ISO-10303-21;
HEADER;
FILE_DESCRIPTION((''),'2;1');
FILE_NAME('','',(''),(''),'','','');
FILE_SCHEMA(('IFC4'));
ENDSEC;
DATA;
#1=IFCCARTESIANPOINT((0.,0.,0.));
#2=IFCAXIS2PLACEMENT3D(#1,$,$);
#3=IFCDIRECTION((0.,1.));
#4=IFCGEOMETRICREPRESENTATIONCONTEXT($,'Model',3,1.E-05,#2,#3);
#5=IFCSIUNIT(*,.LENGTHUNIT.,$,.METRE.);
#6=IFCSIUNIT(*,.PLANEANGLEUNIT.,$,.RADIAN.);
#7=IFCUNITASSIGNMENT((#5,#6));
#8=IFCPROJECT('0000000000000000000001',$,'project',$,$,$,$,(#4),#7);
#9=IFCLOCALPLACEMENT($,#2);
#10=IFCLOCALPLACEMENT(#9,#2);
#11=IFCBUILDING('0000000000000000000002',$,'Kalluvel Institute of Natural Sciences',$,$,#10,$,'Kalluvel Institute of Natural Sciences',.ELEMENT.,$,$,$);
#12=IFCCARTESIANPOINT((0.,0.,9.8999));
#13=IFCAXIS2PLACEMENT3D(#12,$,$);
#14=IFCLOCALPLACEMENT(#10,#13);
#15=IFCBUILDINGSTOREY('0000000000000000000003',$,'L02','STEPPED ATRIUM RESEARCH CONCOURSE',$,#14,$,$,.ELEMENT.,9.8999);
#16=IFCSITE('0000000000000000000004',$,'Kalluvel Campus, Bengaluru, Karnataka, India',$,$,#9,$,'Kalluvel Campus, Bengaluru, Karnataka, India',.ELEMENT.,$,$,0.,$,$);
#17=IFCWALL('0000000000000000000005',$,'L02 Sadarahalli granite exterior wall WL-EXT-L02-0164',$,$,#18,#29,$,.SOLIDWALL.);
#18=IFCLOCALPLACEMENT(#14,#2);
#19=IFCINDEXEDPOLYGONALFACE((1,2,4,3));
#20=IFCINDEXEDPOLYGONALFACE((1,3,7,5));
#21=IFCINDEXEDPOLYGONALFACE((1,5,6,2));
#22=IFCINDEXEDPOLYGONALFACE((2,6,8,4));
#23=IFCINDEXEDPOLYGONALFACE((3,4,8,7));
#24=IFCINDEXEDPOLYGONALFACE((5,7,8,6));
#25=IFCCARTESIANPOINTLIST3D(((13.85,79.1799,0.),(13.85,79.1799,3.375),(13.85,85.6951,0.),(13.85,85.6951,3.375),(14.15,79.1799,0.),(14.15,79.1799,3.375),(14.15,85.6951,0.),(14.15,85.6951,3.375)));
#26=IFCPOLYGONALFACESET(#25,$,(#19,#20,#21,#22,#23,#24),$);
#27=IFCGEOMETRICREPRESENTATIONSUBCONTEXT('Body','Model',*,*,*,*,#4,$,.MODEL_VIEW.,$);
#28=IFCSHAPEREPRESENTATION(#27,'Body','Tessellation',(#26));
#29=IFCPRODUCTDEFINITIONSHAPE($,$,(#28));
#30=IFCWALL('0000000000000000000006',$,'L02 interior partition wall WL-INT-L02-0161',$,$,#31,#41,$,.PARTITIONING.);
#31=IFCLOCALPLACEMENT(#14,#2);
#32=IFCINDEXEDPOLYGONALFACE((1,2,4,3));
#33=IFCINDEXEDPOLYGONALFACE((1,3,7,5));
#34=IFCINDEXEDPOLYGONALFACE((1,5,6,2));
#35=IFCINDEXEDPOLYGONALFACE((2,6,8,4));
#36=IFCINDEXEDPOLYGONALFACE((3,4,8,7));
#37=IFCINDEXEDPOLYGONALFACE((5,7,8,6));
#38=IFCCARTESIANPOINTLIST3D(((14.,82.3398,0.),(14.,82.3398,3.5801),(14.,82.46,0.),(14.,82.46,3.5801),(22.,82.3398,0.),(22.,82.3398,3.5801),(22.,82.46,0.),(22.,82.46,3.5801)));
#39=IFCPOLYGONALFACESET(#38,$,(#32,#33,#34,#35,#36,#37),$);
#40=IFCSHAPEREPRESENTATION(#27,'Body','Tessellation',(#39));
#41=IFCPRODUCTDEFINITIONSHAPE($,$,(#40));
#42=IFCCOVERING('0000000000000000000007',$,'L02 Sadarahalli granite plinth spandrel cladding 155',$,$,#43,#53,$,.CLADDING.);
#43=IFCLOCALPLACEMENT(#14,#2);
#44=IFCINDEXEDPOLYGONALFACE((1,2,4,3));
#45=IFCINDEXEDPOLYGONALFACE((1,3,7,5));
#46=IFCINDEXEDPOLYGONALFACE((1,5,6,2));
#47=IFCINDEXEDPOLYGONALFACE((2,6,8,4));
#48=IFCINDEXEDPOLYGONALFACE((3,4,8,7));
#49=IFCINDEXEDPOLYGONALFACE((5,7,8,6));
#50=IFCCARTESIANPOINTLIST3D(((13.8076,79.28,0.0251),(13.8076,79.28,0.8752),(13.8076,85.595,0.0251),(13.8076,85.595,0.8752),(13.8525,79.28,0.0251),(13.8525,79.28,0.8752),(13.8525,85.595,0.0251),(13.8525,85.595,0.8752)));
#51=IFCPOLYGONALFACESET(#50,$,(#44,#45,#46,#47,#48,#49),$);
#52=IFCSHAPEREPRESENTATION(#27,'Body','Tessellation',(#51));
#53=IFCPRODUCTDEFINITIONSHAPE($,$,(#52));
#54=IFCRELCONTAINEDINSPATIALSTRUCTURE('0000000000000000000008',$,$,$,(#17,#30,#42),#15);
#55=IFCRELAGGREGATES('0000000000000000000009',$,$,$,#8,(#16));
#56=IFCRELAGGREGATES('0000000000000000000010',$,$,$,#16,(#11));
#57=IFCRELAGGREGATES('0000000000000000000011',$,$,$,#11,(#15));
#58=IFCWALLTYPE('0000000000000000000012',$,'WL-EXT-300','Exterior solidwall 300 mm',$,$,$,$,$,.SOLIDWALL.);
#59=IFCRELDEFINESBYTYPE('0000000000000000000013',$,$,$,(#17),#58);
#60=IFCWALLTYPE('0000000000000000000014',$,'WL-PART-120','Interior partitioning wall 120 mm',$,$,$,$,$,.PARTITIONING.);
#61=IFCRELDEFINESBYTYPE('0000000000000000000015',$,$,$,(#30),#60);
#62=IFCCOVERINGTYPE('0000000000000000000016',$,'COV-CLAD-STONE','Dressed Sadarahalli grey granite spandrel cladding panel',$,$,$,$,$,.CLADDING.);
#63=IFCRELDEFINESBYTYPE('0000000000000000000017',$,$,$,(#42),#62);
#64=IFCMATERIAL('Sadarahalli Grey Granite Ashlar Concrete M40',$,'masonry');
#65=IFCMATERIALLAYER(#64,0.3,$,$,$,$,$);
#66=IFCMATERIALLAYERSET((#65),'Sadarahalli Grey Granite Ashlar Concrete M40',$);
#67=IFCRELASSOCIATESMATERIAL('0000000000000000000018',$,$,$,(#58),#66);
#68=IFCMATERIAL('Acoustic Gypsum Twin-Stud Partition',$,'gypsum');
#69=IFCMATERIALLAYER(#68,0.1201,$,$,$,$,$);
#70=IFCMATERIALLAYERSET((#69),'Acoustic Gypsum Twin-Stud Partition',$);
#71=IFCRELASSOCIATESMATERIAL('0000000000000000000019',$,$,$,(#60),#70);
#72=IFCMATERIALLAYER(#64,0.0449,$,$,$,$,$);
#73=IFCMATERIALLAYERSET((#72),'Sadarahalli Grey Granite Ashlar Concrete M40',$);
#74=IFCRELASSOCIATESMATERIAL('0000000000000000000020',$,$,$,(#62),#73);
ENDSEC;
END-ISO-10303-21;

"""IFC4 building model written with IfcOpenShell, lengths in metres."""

from ifc_helpers import new_model, si_unit, direction, frame, frame_2d, origin, origin_2d, place, context, subcontext, project, spatial, rectangle, extrude, material, layer, layer_set, type_object, element, save


model = new_model("IFC4")

# Units and contexts
model_context = context("Model", 3, precision=1e-05, world=origin(), true_north=direction((0.0, 1.0)))
body_context = subcontext(model_context, "Body", "Model", "MODEL_VIEW")
ifc_project = project(units=[si_unit("LENGTHUNIT", "METRE"), si_unit("PLANEANGLEUNIT", "RADIAN")], contexts=[model_context])

# Site, building, storey
site_placement = place(None, origin())
site = spatial("IfcSite", under=ifc_project, at=site_placement, Name="Kalluvel Campus, Bengaluru, Karnataka, India", LongName="Kalluvel Campus, Bengaluru, Karnataka, India", CompositionType="ELEMENT", RefElevation=0.0)
building_placement = place(site_placement, origin())
building = spatial("IfcBuilding", under=site, at=building_placement, Name="Kalluvel Institute of Natural Sciences", LongName="Kalluvel Institute of Natural Sciences", CompositionType="ELEMENT")
storey_placement = place(building_placement, frame((0.0, 0.0, 9.8999)))
storey = spatial("IfcBuildingStorey", under=building, at=storey_placement, Name="L02", Description="STEPPED ATRIUM RESEARCH CONCOURSE", CompositionType="ELEMENT", Elevation=9.8999)

# Walls
ifc_material_1 = material(Name="Sadarahalli Grey Granite Ashlar Concrete M40", Category="masonry")
ifc_layer_1 = layer(ifc_material_1, 0.3)
ifc_layer_set_1 = layer_set([ifc_layer_1], Name="Sadarahalli Grey Granite Ashlar Concrete M40")
wall_type_1 = type_object("IfcWallType", Name="WL-EXT-300", Description="Exterior solidwall 300 mm", PredefinedType="SOLIDWALL", material=ifc_layer_set_1)
wall_1_placement = place(storey_placement, frame((14.0, 79.1799, 0.0), z_axis=(0.0, 0.0, 1.0), x_axis=(0.0, 1.0, 0.0)))
element("IfcWall", 1, at=wall_1_placement, inside=storey, type_object=wall_type_1, Name="L02 Sadarahalli granite exterior wall WL-EXT-L02-0164", PredefinedType="SOLIDWALL", context=body_context, shape_type="SweptSolid", body=[
    extrude(rectangle(XDim=6.5151, YDim=0.3, at=frame_2d((3.2576, 0.0))), origin(), (0.0, 0.0, 1.0), 3.375),
])
ifc_material_2 = material(Name="Acoustic Gypsum Twin-Stud Partition", Category="gypsum")
ifc_layer_2 = layer(ifc_material_2, 0.1201)
ifc_layer_set_2 = layer_set([ifc_layer_2], Name="Acoustic Gypsum Twin-Stud Partition")
wall_type_2 = type_object("IfcWallType", Name="WL-PART-120", Description="Interior partitioning wall 120 mm", PredefinedType="PARTITIONING", material=ifc_layer_set_2)
wall_2_placement = place(storey_placement, frame((14.0, 82.3999, 0.0), z_axis=(0.0, 0.0, 1.0), x_axis=(1.0, 0.0, 0.0)))
element("IfcWall", 2, at=wall_2_placement, inside=storey, type_object=wall_type_2, Name="L02 interior partition wall WL-INT-L02-0161", PredefinedType="PARTITIONING", context=body_context, shape_type="SweptSolid", body=[
    extrude(rectangle(XDim=8.0, YDim=0.1201, at=frame_2d((4.0, 0.0))), origin(), (0.0, 0.0, 1.0), 3.5801),
])

# Covering
ifc_layer_3 = layer(ifc_material_1, 0.0449)
ifc_layer_set_3 = layer_set([ifc_layer_3], Name="Sadarahalli Grey Granite Ashlar Concrete M40")
covering_type = type_object("IfcCoveringType", Name="COV-CLAD-STONE", Description="Dressed Sadarahalli grey granite spandrel cladding panel", PredefinedType="CLADDING", material=ifc_layer_set_3)
covering_placement = place(storey_placement, frame((13.8301, 82.4375, 0.0251), z_axis=(0.0, 0.0, 1.0), x_axis=(0.0, 1.0, 0.0)))
element("IfcCovering", 3, at=covering_placement, inside=storey, type_object=covering_type, Name="L02 Sadarahalli granite plinth spandrel cladding 155", PredefinedType="CLADDING", context=body_context, shape_type="SweptSolid", body=[
    extrude(rectangle(XDim=6.3149, YDim=0.0449, at=origin_2d()), origin(), (0.0, 0.0, 1.0), 0.8501),
])

save(model, "model.ifc")
